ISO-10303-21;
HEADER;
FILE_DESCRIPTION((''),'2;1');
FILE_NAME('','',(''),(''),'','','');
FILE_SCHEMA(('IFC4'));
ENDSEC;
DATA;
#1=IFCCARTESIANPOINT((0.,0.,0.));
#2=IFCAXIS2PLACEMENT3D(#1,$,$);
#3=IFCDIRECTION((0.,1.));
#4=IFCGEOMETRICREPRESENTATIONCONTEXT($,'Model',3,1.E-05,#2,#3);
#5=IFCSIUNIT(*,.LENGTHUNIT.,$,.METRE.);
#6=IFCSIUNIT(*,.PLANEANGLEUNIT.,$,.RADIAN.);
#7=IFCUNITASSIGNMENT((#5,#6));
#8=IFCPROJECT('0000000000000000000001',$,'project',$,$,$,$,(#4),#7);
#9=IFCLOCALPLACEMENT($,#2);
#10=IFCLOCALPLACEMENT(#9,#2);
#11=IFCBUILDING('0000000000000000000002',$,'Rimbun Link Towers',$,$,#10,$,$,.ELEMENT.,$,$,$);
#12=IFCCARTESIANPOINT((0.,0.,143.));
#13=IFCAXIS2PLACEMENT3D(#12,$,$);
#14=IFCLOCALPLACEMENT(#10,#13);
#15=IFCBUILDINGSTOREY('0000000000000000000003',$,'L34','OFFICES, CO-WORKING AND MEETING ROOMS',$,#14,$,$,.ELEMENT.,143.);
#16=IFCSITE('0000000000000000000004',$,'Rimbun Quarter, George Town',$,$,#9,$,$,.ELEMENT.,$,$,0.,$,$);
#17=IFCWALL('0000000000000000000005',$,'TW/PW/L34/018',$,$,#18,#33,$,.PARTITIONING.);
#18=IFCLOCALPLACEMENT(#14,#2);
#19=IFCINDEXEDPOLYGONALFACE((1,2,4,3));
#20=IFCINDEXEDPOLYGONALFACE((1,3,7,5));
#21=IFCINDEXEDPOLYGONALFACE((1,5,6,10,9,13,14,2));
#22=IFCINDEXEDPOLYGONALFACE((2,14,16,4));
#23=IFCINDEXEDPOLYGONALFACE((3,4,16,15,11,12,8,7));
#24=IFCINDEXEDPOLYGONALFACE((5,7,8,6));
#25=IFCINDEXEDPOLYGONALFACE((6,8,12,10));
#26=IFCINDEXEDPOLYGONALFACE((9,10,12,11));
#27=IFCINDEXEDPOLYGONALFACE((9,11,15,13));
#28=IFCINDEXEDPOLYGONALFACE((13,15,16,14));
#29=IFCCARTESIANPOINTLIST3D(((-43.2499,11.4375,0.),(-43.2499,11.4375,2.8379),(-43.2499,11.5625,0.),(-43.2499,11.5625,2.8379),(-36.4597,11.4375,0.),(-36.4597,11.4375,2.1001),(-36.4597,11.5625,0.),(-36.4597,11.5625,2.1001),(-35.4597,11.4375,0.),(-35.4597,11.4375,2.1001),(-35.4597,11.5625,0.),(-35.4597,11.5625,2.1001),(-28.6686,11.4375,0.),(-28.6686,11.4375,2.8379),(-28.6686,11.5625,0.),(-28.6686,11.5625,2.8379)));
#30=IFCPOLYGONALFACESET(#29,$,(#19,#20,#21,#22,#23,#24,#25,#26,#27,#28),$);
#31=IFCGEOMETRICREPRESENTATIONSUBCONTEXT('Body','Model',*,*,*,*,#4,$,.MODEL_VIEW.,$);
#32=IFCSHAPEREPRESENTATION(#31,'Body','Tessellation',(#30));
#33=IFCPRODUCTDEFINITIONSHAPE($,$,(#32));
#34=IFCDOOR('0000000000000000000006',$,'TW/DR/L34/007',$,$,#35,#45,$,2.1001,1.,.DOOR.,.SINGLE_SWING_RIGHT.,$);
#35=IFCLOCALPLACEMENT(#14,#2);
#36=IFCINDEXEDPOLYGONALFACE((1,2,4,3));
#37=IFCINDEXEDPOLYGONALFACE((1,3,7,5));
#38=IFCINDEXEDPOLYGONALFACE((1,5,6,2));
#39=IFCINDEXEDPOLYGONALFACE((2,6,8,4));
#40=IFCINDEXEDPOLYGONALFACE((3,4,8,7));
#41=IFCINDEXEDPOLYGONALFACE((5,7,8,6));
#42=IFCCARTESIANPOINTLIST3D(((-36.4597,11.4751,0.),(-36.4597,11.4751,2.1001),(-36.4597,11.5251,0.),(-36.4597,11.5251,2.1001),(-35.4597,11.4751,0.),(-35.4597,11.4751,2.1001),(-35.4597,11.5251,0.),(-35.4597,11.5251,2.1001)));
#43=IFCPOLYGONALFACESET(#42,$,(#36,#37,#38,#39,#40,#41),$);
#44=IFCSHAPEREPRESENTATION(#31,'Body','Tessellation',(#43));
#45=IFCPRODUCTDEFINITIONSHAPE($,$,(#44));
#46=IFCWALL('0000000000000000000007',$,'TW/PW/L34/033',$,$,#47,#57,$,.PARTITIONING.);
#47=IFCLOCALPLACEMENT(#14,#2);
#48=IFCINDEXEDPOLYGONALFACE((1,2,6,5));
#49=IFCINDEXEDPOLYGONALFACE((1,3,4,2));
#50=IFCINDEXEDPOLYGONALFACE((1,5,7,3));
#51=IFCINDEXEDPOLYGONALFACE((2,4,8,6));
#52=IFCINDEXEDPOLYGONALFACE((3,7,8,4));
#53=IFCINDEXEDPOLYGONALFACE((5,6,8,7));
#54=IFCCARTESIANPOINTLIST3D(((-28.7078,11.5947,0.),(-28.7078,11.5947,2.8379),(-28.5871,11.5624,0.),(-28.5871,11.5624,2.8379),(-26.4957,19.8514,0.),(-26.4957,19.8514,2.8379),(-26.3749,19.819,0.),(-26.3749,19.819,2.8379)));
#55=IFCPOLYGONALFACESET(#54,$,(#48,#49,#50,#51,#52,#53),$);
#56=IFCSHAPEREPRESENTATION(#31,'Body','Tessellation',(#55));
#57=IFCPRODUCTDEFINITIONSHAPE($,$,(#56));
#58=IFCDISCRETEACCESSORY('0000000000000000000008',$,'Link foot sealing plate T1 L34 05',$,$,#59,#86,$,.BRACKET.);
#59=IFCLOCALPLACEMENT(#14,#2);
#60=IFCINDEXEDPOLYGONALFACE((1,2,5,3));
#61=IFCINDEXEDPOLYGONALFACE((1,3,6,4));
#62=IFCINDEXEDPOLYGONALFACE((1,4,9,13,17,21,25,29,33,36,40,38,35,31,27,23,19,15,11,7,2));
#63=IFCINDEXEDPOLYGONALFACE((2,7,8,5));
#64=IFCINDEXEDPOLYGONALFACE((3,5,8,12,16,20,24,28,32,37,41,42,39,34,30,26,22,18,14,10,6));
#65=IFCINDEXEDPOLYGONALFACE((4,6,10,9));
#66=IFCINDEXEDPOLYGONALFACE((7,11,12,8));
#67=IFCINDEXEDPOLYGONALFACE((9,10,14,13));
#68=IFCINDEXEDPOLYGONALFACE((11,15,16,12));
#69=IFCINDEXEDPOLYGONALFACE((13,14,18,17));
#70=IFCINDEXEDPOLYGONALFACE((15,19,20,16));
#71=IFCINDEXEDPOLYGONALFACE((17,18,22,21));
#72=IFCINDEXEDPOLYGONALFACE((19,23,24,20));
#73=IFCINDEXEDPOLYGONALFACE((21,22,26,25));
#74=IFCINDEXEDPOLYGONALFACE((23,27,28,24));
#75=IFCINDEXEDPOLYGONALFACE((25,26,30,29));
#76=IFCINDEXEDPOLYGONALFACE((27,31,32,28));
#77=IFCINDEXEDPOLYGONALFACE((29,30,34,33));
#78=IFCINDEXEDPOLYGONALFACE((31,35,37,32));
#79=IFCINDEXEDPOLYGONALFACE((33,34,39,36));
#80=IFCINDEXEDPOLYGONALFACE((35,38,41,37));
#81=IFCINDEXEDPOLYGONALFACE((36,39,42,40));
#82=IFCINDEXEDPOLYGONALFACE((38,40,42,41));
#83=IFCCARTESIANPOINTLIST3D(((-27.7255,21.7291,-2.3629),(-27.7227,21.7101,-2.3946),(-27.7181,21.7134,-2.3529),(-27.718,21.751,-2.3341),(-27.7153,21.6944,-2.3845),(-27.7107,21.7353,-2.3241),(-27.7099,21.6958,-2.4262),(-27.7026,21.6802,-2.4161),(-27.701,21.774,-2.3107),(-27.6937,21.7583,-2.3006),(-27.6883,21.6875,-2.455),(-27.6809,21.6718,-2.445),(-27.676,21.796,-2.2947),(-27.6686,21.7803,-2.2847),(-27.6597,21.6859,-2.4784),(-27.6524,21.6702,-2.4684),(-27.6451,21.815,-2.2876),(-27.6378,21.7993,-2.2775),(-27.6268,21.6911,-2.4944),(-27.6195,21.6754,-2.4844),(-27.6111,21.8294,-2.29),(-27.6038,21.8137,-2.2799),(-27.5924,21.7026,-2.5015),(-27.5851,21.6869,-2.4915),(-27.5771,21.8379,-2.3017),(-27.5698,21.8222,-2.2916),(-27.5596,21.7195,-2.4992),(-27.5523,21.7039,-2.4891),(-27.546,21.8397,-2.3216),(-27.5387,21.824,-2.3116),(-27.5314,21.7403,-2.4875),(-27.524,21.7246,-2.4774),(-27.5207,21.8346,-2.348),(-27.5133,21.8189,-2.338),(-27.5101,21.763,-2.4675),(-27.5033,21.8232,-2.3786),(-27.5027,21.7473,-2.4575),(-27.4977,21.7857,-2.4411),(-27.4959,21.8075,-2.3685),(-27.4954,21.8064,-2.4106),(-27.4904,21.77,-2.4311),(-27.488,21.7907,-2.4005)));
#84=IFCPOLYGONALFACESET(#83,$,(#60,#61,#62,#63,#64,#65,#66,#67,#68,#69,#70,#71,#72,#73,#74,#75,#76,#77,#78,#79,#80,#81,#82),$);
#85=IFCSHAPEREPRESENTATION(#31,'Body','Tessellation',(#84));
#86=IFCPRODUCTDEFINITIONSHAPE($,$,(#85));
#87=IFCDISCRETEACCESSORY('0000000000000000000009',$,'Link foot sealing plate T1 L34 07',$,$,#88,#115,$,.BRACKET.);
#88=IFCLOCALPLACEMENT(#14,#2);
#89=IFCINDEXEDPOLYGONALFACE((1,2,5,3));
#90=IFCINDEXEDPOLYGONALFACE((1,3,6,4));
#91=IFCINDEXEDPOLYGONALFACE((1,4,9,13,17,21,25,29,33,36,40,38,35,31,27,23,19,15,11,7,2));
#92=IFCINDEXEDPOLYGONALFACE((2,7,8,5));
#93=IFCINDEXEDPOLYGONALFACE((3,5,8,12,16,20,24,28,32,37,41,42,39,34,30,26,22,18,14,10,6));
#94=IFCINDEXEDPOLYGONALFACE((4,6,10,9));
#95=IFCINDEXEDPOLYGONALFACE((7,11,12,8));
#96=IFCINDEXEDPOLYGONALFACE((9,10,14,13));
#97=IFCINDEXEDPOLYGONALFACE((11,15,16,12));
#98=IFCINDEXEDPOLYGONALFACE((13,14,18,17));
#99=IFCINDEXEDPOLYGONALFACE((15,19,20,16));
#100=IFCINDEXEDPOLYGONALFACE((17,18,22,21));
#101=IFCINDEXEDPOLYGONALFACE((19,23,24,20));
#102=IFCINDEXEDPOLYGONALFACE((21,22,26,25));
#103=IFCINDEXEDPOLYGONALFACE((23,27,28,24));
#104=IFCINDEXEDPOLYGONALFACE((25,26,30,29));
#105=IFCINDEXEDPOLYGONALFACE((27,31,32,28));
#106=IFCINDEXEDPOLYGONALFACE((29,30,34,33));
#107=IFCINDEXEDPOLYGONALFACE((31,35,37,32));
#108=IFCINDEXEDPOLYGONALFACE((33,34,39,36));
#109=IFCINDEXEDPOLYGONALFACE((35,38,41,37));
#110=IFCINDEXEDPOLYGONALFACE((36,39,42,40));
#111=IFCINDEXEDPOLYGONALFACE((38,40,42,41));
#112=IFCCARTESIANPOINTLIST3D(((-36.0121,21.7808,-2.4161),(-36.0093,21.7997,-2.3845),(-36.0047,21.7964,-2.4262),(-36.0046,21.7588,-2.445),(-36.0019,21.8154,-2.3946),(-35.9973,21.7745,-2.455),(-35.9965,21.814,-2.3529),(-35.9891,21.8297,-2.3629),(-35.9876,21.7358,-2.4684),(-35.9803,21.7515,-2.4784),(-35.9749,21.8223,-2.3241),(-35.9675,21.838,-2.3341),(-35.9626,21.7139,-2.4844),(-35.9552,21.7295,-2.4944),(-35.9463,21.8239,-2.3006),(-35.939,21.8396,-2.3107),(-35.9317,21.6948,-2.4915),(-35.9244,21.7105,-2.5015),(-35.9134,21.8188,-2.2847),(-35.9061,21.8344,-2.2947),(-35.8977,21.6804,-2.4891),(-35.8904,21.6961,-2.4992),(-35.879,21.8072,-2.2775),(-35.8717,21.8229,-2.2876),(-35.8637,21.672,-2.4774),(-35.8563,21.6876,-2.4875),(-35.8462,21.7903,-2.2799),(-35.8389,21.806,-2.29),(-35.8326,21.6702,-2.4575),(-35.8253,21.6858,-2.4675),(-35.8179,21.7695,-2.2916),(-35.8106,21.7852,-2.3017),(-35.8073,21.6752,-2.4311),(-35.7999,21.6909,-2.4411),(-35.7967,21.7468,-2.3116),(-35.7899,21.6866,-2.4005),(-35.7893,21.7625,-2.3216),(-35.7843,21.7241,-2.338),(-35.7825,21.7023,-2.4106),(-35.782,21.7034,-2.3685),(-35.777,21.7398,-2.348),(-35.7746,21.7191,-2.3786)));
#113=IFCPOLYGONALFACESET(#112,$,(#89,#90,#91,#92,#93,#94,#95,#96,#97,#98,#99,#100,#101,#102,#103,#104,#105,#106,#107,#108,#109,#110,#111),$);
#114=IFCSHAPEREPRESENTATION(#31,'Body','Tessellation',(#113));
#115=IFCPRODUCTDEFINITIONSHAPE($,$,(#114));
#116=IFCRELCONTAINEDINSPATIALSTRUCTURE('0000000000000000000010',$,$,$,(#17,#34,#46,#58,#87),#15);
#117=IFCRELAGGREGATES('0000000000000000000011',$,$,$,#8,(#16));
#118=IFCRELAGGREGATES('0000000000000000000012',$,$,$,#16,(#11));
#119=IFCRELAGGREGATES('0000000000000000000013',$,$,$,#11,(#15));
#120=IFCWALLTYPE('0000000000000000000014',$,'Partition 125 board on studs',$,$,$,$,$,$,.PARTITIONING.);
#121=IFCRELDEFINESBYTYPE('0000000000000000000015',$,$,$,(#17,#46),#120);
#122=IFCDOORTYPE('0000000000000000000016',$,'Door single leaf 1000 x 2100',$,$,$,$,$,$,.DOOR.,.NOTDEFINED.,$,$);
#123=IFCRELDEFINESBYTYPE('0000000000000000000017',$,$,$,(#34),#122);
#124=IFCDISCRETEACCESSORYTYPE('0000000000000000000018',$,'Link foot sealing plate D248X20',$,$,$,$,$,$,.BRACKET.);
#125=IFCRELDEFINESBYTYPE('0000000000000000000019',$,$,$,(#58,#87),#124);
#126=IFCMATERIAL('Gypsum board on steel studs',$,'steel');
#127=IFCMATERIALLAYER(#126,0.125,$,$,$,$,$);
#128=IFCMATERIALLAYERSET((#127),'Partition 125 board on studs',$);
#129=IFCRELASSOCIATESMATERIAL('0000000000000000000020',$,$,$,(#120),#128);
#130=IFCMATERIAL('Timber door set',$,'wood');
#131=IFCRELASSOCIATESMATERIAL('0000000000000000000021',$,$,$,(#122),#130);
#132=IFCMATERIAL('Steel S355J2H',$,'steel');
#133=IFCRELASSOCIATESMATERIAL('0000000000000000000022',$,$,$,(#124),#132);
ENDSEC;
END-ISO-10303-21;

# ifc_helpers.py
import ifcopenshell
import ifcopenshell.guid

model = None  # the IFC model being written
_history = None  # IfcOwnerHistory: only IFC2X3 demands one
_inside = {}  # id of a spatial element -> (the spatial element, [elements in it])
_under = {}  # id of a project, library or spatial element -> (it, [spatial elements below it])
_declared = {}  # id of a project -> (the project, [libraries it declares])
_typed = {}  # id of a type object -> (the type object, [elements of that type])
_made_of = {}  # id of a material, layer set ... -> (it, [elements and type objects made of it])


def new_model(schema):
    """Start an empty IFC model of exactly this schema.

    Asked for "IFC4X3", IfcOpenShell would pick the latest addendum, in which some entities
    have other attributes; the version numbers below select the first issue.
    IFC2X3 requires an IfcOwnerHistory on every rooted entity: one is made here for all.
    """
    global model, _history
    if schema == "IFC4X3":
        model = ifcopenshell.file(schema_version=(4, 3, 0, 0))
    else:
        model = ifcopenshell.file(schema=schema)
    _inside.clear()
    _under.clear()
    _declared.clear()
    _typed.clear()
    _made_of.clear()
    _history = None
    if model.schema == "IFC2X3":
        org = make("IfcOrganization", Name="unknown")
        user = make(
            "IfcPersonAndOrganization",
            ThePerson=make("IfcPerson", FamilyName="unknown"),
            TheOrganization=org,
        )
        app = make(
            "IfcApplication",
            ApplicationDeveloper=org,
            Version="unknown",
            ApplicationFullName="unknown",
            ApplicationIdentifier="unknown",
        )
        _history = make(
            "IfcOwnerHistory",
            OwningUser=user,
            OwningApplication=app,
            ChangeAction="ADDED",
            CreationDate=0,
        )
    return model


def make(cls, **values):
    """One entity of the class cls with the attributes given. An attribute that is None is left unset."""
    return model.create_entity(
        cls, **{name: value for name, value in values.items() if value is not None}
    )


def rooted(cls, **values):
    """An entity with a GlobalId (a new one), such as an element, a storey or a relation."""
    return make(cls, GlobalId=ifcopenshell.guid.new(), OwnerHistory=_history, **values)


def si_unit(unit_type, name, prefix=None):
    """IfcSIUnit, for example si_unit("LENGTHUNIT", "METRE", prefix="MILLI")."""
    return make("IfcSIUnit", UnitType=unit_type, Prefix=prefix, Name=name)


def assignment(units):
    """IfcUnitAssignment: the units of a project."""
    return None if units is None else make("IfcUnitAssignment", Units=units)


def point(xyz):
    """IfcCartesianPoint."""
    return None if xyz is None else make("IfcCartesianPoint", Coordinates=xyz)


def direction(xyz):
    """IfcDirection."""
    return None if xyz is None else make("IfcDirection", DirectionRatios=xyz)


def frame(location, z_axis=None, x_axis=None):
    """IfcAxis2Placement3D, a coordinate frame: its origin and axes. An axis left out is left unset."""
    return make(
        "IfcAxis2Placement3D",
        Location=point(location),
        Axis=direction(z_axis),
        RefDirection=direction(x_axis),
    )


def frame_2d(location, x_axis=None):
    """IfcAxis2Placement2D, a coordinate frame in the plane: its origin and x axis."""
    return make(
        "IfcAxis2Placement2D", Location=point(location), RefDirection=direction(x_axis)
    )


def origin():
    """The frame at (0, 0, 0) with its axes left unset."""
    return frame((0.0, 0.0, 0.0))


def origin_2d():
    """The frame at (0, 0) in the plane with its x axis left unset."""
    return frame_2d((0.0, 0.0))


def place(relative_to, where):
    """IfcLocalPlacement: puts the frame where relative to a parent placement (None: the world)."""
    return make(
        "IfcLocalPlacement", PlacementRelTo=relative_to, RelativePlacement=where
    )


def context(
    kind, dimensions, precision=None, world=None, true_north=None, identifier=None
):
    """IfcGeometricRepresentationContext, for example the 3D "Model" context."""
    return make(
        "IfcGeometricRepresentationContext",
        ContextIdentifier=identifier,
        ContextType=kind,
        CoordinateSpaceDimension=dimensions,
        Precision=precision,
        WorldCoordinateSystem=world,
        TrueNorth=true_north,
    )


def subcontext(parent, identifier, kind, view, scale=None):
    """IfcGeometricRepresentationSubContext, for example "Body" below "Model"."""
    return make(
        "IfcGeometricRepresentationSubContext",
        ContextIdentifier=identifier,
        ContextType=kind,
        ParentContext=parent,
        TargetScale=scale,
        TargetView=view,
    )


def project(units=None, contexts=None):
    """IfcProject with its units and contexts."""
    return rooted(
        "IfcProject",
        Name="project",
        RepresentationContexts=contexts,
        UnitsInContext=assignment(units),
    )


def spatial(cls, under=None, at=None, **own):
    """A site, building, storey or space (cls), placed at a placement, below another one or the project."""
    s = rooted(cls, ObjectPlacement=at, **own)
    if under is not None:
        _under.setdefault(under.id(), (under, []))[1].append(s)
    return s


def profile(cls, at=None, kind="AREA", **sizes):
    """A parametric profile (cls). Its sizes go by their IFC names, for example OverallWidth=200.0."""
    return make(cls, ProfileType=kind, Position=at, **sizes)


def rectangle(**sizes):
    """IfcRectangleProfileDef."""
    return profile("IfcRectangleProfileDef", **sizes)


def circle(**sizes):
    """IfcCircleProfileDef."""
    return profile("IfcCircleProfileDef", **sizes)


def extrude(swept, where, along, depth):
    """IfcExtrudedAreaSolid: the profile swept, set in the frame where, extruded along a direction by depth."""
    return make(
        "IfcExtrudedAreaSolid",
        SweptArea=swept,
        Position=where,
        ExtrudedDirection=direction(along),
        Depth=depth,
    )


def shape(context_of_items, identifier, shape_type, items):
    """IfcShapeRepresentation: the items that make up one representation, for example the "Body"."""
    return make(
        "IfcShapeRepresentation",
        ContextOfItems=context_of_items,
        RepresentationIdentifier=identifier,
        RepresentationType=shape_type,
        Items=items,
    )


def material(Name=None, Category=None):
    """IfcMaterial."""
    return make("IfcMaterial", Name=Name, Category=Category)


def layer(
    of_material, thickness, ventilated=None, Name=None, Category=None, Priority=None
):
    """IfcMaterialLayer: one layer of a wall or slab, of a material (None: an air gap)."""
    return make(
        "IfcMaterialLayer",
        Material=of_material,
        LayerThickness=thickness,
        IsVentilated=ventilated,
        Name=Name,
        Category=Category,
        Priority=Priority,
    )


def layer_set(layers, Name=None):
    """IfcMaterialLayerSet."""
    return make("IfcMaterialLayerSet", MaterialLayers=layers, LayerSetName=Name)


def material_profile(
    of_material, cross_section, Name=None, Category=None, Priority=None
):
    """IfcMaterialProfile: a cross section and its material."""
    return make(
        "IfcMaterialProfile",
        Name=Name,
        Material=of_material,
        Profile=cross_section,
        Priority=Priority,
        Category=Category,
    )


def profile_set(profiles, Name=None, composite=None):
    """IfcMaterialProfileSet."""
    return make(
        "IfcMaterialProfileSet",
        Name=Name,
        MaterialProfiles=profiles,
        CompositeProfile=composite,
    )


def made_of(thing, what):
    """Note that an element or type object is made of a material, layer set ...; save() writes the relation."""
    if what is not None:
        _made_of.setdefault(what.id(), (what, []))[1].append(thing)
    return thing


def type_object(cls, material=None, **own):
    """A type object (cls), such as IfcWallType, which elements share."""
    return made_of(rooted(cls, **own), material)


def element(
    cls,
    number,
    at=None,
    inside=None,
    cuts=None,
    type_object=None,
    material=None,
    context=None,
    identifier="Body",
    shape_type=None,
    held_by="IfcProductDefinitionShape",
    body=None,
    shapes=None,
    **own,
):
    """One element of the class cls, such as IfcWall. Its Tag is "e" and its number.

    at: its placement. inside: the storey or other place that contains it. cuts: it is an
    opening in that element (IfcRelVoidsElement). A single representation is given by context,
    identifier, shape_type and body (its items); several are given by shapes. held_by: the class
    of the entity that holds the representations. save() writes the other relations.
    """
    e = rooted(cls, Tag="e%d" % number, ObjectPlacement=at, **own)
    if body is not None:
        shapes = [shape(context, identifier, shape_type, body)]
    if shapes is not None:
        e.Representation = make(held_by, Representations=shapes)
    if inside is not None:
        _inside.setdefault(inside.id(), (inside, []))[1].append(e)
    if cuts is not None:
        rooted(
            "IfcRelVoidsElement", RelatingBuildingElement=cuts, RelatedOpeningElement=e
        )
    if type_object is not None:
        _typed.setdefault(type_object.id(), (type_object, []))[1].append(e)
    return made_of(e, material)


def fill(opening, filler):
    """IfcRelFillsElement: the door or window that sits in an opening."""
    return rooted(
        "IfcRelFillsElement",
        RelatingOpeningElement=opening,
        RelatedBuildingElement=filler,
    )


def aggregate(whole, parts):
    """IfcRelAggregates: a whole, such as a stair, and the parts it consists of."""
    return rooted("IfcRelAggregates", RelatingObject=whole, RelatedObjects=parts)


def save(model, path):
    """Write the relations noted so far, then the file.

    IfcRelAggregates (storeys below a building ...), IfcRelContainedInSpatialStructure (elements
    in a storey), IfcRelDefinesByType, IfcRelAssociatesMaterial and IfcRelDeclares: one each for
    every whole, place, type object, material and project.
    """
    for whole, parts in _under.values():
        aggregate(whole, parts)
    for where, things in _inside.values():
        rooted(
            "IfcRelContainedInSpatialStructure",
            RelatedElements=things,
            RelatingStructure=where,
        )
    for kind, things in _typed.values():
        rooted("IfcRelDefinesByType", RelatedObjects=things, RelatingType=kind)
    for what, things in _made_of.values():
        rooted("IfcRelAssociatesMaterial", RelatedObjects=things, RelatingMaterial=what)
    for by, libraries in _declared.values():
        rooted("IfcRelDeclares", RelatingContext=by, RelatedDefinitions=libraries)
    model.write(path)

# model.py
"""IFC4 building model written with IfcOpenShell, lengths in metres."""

from ifc_helpers import new_model, si_unit, direction, frame, frame_2d, origin, origin_2d, place, context, subcontext, project, spatial, rectangle, circle, extrude, material, layer, layer_set, material_profile, profile_set, type_object, element, fill, save


model = new_model("IFC4")

# Units and contexts
model_context = context("Model", 3, precision=1e-05, world=origin(), true_north=direction((0.0, 1.0)))
body_context = subcontext(model_context, "Body", "Model", "MODEL_VIEW")
ifc_project = project(units=[si_unit("LENGTHUNIT", "METRE"), si_unit("PLANEANGLEUNIT", "RADIAN")], contexts=[model_context])

# Site, building, storey
site_placement = place(None, origin())
site = spatial("IfcSite", under=ifc_project, at=site_placement, Name="Rimbun Quarter, George Town", CompositionType="ELEMENT", RefElevation=0.0)
building_placement = place(site_placement, origin())
building = spatial("IfcBuilding", under=site, at=building_placement, Name="Rimbun Link Towers", CompositionType="ELEMENT")
storey_placement = place(building_placement, frame((0.0, 0.0, 143.0)))
storey = spatial("IfcBuildingStorey", under=building, at=storey_placement, Name="L34", Description="OFFICES, CO-WORKING AND MEETING ROOMS", CompositionType="ELEMENT", Elevation=143.0)

# Wall, opening, door
ifc_material_1 = material(Name="Gypsum board on steel studs", Category="steel")
ifc_layer_1 = layer(ifc_material_1, 0.125)
ifc_layer_set_1 = layer_set([ifc_layer_1], Name="Partition 125 board on studs")
wall_type = type_object("IfcWallType", Name="Partition 125 board on studs", PredefinedType="PARTITIONING", material=ifc_layer_set_1)
wall_1_placement = place(storey_placement, frame((-28.6687, 11.5, 0.0), z_axis=(0.0, 0.0, 1.0), x_axis=(-1.0, 0.0, 0.0)))
wall_1 = element("IfcWall", 1, at=wall_1_placement, inside=storey, type_object=wall_type, Name="TW/PW/L34/018", PredefinedType="PARTITIONING", context=body_context, shape_type="SweptSolid", body=[
    extrude(rectangle(XDim=14.5813, YDim=0.125, at=frame_2d((7.2905, 0.0))), origin(), (0.0, 0.0, 1.0), 2.8379),
])
opening_placement = place(wall_1_placement, frame((6.791, 0.0, 0.0)))
opening = element("IfcOpeningElement", 2, at=opening_placement, cuts=wall_1, PredefinedType="OPENING", context=body_context, shape_type="SweptSolid", body=[
    extrude(rectangle(XDim=1.0, YDim=2.1001, at=frame_2d((0.5, 1.05))), frame((0.0, 0.0725, 0.0), z_axis=(0.0, -1.0, 0.0), x_axis=(1.0, 0.0, 0.0)), (0.0, 0.0, 1.0), 0.145),
])
ifc_material_2 = material(Name="Timber door set", Category="wood")
door_type = type_object("IfcDoorType", Name="Door single leaf 1000 x 2100", OperationType="NOTDEFINED", PredefinedType="DOOR", material=ifc_material_2)
door_placement = place(opening_placement, origin())
door = element("IfcDoor", 3, at=door_placement, inside=storey, type_object=door_type, Name="TW/DR/L34/007", OperationType="SINGLE_SWING_RIGHT", OverallHeight=2.1001, OverallWidth=1.0, PredefinedType="DOOR", context=body_context, shape_type="SweptSolid", body=[
    extrude(rectangle(XDim=1.0, YDim=2.1001, at=frame_2d((0.5, 1.05))), frame((0.0, 0.0249, 0.0), z_axis=(0.0, -1.0, 0.0), x_axis=(1.0, 0.0, 0.0)), (0.0, 0.0, 1.0), 0.05),
])
fill(opening, door)

# Wall
wall_2_placement = place(storey_placement, frame((-26.4353, 19.8352, 0.0), z_axis=(0.0, 0.0, 1.0), x_axis=(-0.258798, -0.965931, 0.0)))
element("IfcWall", 4, at=wall_2_placement, inside=storey, type_object=wall_type, Name="TW/PW/L34/033", PredefinedType="PARTITIONING", context=body_context, shape_type="SweptSolid", body=[
    extrude(rectangle(XDim=8.5479, YDim=0.125, at=frame_2d((4.2739, 0.0))), origin(), (0.0, 0.0, 1.0), 2.8379),
])

# Discrete accessories
ifc_material_3 = material(Name="Steel S355J2H", Category="steel")
ifc_material_profile_1 = material_profile(ifc_material_3, circle(Radius=0.124, at=origin_2d()), Name="PL D248")
ifc_profile_set_1 = profile_set([ifc_material_profile_1], Name="Steel S355J2H")
discrete_accessory_type = type_object("IfcDiscreteAccessoryType", Name="Link foot sealing plate D248X20", PredefinedType="BRACKET", material=ifc_profile_set_1)
for number, where, z_axis, x_axis, name in (
    (5, (-27.603, 21.7471, -2.3845), (-0.367139, 0.78323, -0.501757), (-0.905459, -0.424434, 0.0), "Link foot sealing plate T1 L34 05"),
    (6, (-35.897, 21.7471, -2.3845), (0.367139, 0.78323, -0.501757), (-0.905459, 0.424434, 0.0), "Link foot sealing plate T1 L34 07"),
):
    element("IfcDiscreteAccessory", number, at=place(storey_placement, frame(where, z_axis=z_axis, x_axis=x_axis)), inside=storey, type_object=discrete_accessory_type, Name=name, PredefinedType="BRACKET", context=body_context, shape_type="SweptSolid", body=[
        extrude(circle(Radius=0.124, at=origin_2d()), origin(), (0.0, 0.0, 1.0), 0.02),
    ])

save(model, "model.ifc")
